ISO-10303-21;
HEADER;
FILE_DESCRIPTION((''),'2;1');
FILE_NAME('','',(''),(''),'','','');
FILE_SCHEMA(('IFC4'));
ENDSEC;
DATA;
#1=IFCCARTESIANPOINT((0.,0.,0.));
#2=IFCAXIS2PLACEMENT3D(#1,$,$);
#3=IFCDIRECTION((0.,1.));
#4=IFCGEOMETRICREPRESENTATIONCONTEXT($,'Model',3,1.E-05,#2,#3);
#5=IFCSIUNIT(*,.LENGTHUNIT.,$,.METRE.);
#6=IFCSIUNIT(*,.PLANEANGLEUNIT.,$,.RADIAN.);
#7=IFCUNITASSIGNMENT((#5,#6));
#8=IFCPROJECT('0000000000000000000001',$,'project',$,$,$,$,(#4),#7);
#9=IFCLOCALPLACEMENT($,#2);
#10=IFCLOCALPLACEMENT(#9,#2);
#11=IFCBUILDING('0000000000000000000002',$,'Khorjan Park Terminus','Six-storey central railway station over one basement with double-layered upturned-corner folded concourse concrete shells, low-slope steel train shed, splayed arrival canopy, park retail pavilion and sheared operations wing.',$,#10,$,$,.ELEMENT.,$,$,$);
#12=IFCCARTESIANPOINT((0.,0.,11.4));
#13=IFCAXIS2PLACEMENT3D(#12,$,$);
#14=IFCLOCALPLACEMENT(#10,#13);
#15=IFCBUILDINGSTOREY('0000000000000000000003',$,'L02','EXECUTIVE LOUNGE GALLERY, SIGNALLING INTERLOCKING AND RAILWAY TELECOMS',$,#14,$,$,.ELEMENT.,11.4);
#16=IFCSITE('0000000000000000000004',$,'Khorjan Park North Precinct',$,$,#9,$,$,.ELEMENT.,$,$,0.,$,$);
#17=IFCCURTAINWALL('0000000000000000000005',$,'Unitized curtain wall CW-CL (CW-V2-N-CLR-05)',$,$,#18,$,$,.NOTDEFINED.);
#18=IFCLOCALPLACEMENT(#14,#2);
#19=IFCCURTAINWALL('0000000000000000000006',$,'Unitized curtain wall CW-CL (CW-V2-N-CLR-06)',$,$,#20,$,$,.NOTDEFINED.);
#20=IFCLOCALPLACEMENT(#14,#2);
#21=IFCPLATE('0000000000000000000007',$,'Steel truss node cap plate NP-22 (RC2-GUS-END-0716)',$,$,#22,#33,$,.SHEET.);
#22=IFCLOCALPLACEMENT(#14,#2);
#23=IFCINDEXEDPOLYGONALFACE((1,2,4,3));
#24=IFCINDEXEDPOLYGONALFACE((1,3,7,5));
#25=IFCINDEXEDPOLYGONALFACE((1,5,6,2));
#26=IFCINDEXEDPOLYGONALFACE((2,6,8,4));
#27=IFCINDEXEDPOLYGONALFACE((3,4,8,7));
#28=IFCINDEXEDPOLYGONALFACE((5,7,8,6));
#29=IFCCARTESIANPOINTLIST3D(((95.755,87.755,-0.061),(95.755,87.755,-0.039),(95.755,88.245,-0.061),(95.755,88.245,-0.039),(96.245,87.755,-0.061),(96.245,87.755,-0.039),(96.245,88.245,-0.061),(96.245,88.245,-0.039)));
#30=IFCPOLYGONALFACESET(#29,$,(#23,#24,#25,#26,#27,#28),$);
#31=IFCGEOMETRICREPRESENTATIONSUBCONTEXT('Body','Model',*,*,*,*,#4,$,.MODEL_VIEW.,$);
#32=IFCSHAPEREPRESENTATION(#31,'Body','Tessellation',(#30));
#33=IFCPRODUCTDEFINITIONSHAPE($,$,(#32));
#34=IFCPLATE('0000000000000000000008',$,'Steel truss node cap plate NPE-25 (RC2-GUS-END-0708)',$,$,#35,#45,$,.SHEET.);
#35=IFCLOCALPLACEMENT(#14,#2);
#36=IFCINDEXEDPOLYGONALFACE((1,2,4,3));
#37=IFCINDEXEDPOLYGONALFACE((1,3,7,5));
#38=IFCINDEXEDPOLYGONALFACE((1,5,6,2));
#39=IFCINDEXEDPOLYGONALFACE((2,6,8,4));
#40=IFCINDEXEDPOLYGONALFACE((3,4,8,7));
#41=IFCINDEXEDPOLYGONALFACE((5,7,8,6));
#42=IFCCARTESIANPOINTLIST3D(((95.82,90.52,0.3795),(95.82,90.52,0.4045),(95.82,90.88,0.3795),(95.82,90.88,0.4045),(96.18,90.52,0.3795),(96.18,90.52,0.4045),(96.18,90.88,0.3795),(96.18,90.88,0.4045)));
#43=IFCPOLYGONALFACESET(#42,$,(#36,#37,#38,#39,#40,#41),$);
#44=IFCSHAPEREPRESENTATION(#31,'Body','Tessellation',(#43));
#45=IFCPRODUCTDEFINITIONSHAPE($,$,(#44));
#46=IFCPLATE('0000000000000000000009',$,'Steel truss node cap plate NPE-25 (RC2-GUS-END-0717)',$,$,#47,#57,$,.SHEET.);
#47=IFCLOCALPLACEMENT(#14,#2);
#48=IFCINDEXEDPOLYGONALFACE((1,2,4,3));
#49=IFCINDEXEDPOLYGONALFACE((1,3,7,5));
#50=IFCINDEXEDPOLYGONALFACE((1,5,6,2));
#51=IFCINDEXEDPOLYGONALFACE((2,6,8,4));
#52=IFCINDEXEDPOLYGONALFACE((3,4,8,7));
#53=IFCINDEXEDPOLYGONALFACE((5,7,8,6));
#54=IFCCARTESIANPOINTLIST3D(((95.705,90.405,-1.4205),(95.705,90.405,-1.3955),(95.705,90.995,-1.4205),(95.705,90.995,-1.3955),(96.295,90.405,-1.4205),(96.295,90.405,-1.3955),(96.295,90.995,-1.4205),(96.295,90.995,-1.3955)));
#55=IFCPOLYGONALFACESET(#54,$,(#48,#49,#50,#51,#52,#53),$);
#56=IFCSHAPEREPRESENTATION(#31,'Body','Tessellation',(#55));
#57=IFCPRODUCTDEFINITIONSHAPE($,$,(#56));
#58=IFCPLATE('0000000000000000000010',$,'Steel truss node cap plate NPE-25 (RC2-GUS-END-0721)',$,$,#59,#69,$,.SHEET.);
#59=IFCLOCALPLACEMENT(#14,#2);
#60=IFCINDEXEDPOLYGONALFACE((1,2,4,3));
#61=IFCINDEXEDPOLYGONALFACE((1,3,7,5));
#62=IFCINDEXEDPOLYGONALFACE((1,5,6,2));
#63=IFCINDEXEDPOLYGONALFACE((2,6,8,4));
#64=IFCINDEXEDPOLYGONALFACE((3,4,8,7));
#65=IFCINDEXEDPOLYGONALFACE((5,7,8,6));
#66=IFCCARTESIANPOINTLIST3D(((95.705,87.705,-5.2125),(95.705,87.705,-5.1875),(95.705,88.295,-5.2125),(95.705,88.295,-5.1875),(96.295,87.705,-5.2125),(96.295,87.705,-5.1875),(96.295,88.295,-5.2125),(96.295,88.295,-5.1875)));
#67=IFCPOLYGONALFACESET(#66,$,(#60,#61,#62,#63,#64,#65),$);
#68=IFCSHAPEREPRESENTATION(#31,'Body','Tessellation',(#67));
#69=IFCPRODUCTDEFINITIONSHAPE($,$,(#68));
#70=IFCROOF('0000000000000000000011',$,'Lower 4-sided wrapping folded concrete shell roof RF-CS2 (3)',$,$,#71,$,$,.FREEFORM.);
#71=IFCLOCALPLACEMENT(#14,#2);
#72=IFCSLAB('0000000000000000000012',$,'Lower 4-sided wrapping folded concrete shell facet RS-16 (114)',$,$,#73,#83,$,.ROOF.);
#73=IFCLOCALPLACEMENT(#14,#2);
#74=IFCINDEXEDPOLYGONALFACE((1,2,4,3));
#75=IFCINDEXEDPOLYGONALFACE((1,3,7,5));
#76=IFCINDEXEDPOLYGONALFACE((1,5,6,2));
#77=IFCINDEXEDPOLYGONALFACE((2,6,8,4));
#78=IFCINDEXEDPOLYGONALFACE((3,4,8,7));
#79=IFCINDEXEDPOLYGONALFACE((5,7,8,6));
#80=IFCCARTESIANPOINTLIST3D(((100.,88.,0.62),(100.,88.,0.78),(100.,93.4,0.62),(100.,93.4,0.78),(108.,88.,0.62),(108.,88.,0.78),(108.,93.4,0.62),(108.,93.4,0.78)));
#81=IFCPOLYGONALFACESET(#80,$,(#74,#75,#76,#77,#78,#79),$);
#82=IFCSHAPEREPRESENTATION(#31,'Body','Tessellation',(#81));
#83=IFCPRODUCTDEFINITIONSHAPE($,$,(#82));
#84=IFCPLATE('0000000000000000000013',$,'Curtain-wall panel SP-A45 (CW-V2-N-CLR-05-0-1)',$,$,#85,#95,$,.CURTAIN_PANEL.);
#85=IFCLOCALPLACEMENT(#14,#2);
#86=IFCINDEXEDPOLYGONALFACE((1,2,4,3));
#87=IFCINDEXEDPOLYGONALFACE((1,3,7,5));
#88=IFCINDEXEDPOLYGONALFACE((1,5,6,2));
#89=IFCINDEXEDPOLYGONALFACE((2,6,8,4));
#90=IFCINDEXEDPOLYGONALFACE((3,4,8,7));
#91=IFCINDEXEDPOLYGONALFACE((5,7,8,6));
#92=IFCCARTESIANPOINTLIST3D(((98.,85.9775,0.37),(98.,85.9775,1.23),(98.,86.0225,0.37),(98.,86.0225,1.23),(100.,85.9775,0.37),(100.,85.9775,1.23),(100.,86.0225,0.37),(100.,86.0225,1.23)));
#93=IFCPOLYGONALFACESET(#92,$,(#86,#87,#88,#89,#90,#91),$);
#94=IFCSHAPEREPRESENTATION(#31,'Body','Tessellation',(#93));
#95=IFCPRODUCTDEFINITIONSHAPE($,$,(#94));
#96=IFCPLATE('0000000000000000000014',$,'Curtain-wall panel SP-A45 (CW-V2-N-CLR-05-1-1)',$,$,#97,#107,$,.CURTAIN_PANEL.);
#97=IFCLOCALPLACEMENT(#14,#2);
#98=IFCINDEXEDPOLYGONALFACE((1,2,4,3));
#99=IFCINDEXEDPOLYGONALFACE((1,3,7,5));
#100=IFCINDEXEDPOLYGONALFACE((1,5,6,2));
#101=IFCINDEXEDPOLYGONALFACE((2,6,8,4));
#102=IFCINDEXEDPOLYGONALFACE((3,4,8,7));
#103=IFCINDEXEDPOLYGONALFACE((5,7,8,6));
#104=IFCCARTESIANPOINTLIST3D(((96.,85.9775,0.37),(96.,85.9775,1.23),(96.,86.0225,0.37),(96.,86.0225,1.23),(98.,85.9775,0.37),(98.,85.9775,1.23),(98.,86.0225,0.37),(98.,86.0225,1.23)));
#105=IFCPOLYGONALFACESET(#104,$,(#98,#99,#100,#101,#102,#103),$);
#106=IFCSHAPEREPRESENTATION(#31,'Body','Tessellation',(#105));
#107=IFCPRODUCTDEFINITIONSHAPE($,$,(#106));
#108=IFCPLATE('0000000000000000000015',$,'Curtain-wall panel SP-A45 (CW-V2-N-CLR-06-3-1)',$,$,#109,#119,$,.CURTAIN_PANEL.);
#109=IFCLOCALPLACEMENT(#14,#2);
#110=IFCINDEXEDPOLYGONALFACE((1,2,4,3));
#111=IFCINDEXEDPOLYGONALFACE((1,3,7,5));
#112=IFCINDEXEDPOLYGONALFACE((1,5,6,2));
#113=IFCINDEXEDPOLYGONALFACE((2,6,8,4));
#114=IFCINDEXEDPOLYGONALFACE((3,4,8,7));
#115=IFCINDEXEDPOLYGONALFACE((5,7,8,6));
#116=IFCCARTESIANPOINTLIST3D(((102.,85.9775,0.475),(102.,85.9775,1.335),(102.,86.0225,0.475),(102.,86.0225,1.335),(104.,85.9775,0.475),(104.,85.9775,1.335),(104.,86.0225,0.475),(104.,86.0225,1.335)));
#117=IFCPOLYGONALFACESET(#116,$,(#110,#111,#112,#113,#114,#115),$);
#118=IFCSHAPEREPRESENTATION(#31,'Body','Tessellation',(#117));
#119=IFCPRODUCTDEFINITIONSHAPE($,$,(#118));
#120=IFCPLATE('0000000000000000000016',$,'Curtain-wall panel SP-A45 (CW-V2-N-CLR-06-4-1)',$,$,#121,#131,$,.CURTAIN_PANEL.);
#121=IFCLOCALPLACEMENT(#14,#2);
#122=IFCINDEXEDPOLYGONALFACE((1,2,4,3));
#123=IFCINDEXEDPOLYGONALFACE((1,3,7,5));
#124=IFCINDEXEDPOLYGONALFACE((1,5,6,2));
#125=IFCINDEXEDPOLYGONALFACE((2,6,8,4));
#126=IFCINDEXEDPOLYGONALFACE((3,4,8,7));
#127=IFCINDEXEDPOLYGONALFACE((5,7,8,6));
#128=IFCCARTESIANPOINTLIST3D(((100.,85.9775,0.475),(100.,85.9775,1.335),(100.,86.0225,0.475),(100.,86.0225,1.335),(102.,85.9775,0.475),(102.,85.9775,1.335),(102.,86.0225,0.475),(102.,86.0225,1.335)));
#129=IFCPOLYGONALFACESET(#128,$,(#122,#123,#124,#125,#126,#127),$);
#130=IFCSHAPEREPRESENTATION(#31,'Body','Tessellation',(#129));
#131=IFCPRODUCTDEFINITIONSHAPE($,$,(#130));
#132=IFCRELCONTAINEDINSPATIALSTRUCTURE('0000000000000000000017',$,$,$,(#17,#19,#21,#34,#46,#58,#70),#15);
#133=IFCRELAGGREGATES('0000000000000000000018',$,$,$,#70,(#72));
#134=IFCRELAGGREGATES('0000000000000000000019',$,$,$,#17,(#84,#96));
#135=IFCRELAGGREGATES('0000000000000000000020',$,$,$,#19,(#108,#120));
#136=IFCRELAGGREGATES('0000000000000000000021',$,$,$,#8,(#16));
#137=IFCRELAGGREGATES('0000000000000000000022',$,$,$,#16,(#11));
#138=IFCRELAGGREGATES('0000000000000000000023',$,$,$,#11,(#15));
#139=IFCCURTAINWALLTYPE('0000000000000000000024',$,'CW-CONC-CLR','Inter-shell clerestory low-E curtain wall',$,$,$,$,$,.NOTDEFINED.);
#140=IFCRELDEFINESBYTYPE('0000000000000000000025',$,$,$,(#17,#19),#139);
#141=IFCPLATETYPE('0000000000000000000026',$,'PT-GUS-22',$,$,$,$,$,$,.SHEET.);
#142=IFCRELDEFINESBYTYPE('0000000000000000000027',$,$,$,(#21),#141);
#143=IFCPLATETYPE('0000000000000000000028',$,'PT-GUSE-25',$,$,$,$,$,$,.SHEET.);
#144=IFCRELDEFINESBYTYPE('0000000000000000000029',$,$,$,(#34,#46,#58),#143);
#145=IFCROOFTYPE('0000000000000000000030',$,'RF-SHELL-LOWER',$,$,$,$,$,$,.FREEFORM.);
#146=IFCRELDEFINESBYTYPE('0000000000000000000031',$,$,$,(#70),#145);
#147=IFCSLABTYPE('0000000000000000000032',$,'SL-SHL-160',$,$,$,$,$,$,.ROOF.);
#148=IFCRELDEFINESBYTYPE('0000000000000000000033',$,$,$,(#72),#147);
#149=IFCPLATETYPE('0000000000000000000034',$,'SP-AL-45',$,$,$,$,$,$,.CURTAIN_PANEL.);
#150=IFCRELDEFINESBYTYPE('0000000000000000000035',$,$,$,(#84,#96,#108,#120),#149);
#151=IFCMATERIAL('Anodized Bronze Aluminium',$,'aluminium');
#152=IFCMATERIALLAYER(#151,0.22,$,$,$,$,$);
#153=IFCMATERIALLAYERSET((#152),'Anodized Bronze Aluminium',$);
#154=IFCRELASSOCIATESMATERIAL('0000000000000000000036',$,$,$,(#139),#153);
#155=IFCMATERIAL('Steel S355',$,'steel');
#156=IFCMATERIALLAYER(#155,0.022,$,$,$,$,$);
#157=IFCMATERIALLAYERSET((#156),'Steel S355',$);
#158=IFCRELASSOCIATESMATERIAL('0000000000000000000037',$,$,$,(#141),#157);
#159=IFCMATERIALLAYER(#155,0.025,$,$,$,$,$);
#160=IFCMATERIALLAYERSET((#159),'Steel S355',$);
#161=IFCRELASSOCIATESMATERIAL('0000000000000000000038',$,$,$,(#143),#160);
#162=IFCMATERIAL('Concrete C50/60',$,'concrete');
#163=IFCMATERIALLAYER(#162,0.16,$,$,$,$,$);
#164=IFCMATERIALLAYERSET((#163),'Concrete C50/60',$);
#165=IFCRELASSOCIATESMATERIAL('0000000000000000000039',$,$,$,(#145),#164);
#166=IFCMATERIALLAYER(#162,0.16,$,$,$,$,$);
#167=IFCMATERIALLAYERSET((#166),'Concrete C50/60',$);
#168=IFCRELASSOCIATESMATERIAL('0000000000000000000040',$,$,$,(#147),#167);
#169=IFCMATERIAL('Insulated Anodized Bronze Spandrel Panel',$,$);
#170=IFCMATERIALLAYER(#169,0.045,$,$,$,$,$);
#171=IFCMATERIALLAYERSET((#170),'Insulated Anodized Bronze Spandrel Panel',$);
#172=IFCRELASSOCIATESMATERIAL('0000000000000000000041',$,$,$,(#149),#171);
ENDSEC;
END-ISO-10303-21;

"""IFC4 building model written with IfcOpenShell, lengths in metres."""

from ifc_helpers import new_model, si_unit, direction, frame, origin, origin_2d, place, context, subcontext, project, spatial, polyline, rectangle, outline, extrude, material, layer, layer_set, type_object, element, aggregate, save


model = new_model("IFC4")

# Units and contexts
model_context = context("Model", 3, precision=1e-05, world=origin(), true_north=direction((0.0, 1.0)))
body_context = subcontext(model_context, "Body", "Model", "MODEL_VIEW")
ifc_project = project(units=[si_unit("LENGTHUNIT", "METRE"), si_unit("PLANEANGLEUNIT", "RADIAN")], contexts=[model_context])

# Site, building, storey
site_placement = place(None, origin())
site = spatial("IfcSite", under=ifc_project, at=site_placement, Name="Khorjan Park North Precinct", CompositionType="ELEMENT", RefElevation=0.0)
building_placement = place(site_placement, origin())
building = spatial("IfcBuilding", under=site, at=building_placement, Name="Khorjan Park Terminus", Description="Six-storey central railway station over one basement with double-layered upturned-corner folded concourse concrete shells, low-slope steel train shed, splayed arrival canopy, park retail pavilion and sheared operations wing.", CompositionType="ELEMENT")
storey_placement = place(building_placement, frame((0.0, 0.0, 11.4)))
storey = spatial("IfcBuildingStorey", under=building, at=storey_placement, Name="L02", Description="EXECUTIVE LOUNGE GALLERY, SIGNALLING INTERLOCKING AND RAILWAY TELECOMS", CompositionType="ELEMENT", Elevation=11.4)

# Shared definitions
ifc_material_1 = material(Name="Steel S355", Category="steel")

# Curtain wall
ifc_material_2 = material(Name="Anodized Bronze Aluminium", Category="aluminium")
ifc_layer_1 = layer(ifc_material_2, 0.22)
ifc_layer_set_1 = layer_set([ifc_layer_1], Name="Anodized Bronze Aluminium")
curtain_wall_type = type_object("IfcCurtainWallType", Name="CW-CONC-CLR", Description="Inter-shell clerestory low-E curtain wall", PredefinedType="NOTDEFINED", material=ifc_layer_set_1)
curtain_wall_1_placement = place(storey_placement, origin())
curtain_wall_1 = element("IfcCurtainWall", 1, at=curtain_wall_1_placement, inside=storey, type_object=curtain_wall_type, Name="Unitized curtain wall CW-CL (CW-V2-N-CLR-05)", PredefinedType="NOTDEFINED")

# Curtain wall
curtain_wall_2_placement = place(storey_placement, origin())
curtain_wall_2 = element("IfcCurtainWall", 2, at=curtain_wall_2_placement, inside=storey, type_object=curtain_wall_type, Name="Unitized curtain wall CW-CL (CW-V2-N-CLR-06)", PredefinedType="NOTDEFINED")

# Shared definitions
ifc_material_3 = material(Name="Concrete C50/60", Category="concrete")

# Plates
ifc_layer_2 = layer(ifc_material_1, 0.022)
ifc_layer_set_2 = layer_set([ifc_layer_2], Name="Steel S355")
plate_type_1 = type_object("IfcPlateType", Name="PT-GUS-22", PredefinedType="SHEET", material=ifc_layer_set_2)
plate_1_placement = place(storey_placement, frame((96.0, 88.0, -0.061), z_axis=(0.0, 0.0, 1.0), x_axis=(1.0, 0.0, 0.0)))
element("IfcPlate", 3, at=plate_1_placement, inside=storey, type_object=plate_type_1, Name="Steel truss node cap plate NP-22 (RC2-GUS-END-0716)", PredefinedType="SHEET", context=body_context, shape_type="SweptSolid", body=[
    extrude(rectangle(XDim=0.49, YDim=0.49, at=origin_2d()), origin(), (0.0, 0.0, 1.0), 0.022),
])
ifc_layer_3 = layer(ifc_material_1, 0.025)
ifc_layer_set_3 = layer_set([ifc_layer_3], Name="Steel S355")
plate_type_2 = type_object("IfcPlateType", Name="PT-GUSE-25", PredefinedType="SHEET", material=ifc_layer_set_3)
plate_2_placement = place(storey_placement, frame((96.0, 90.7, 0.3795), z_axis=(0.0, 0.0, 1.0), x_axis=(1.0, 0.0, 0.0)))
element("IfcPlate", 4, at=plate_2_placement, inside=storey, type_object=plate_type_2, Name="Steel truss node cap plate NPE-25 (RC2-GUS-END-0708)", PredefinedType="SHEET", context=body_context, shape_type="SweptSolid", body=[
    extrude(rectangle(XDim=0.36, YDim=0.36, at=origin_2d()), origin(), (0.0, 0.0, 1.0), 0.025),
])
for number, where, z_axis, x_axis, name in (
    (5, (96.0, 90.7, -1.4205), (0.0, 0.0, 1.0), (1.0, 0.0, 0.0), "Steel truss node cap plate NPE-25 (RC2-GUS-END-0717)"),
    (6, (96.0, 88.0, -5.2125), (0.0, 0.0, 1.0), (1.0, 0.0, 0.0), "Steel truss node cap plate NPE-25 (RC2-GUS-END-0721)"),
):
    element("IfcPlate", number, at=place(storey_placement, frame(where, z_axis=z_axis, x_axis=x_axis)), inside=storey, type_object=plate_type_2, Name=name, PredefinedType="SHEET", context=body_context, shape_type="SweptSolid", body=[
        extrude(rectangle(XDim=0.59, YDim=0.59, at=origin_2d()), origin(), (0.0, 0.0, 1.0), 0.025),
    ])

# Roof, slab
ifc_layer_4 = layer(ifc_material_3, 0.16)
ifc_layer_set_4 = layer_set([ifc_layer_4], Name="Concrete C50/60")
roof_type = type_object("IfcRoofType", Name="RF-SHELL-LOWER", PredefinedType="FREEFORM", material=ifc_layer_set_4)
roof_placement = place(storey_placement, origin())
roof = element("IfcRoof", 7, at=roof_placement, inside=storey, type_object=roof_type, Name="Lower 4-sided wrapping folded concrete shell roof RF-CS2 (3)", PredefinedType="FREEFORM")
ifc_layer_5 = layer(ifc_material_3, 0.16)
ifc_layer_set_5 = layer_set([ifc_layer_5], Name="Concrete C50/60")
slab_type = type_object("IfcSlabType", Name="SL-SHL-160", PredefinedType="ROOF", material=ifc_layer_set_5)
slab_placement = place(storey_placement, frame((100.0, 88.0, 0.78), z_axis=(0.0, 0.0, 1.0), x_axis=(1.0, 0.0, 0.0)))
slab = element("IfcSlab", 8, at=slab_placement, type_object=slab_type, Name="Lower 4-sided wrapping folded concrete shell facet RS-16 (114)", PredefinedType="ROOF", context=body_context, shape_type="SweptSolid", body=[
    extrude(outline(polyline([(0.0, 0.0), (8.0, 0.0), (8.0, 5.4), (0.0, 5.4), (0.0, 0.0)])), origin(), (0.0, 0.0, -1.0), 0.16),
])
aggregate(roof, [slab])

# Plates
ifc_material_4 = material(Name="Insulated Anodized Bronze Spandrel Panel")
ifc_layer_6 = layer(ifc_material_4, 0.045)
ifc_layer_set_6 = layer_set([ifc_layer_6], Name="Insulated Anodized Bronze Spandrel Panel")
plate_type_3 = type_object("IfcPlateType", Name="SP-AL-45", PredefinedType="CURTAIN_PANEL", material=ifc_layer_set_6)
plate_3_placement = place(storey_placement, frame((99.0, 86.0, 0.37), z_axis=(0.0, 0.0, 1.0), x_axis=(-1.0, 0.0, 0.0)))
plate_3 = element("IfcPlate", 9, at=plate_3_placement, type_object=plate_type_3, Name="Curtain-wall panel SP-A45 (CW-V2-N-CLR-05-0-1)", PredefinedType="CURTAIN_PANEL", context=body_context, shape_type="SweptSolid", body=[
    extrude(rectangle(XDim=2.0, YDim=0.045, at=origin_2d()), origin(), (0.0, 0.0, 1.0), 0.86),
])
plate_4_placement = place(storey_placement, frame((97.0, 86.0, 0.37), z_axis=(0.0, 0.0, 1.0), x_axis=(-1.0, 0.0, 0.0)))
plate_4 = element("IfcPlate", 10, at=plate_4_placement, type_object=plate_type_3, Name="Curtain-wall panel SP-A45 (CW-V2-N-CLR-05-1-1)", PredefinedType="CURTAIN_PANEL", context=body_context, shape_type="SweptSolid", body=[
    extrude(rectangle(XDim=2.0, YDim=0.045, at=origin_2d()), origin(), (0.0, 0.0, 1.0), 0.86),
])
aggregate(curtain_wall_1, [plate_3, plate_4])
plate_5_placement = place(storey_placement, frame((103.0, 86.0, 0.475), z_axis=(0.0, 0.0, 1.0), x_axis=(-1.0, 0.0, 0.0)))
plate_5 = element("IfcPlate", 11, at=plate_5_placement, type_object=plate_type_3, Name="Curtain-wall panel SP-A45 (CW-V2-N-CLR-06-3-1)", PredefinedType="CURTAIN_PANEL", context=body_context, shape_type="SweptSolid", body=[
    extrude(rectangle(XDim=2.0, YDim=0.045, at=origin_2d()), origin(), (0.0, 0.0, 1.0), 0.86),
])
plate_6_placement = place(storey_placement, frame((101.0, 86.0, 0.475), z_axis=(0.0, 0.0, 1.0), x_axis=(-1.0, 0.0, 0.0)))
plate_6 = element("IfcPlate", 12, at=plate_6_placement, type_object=plate_type_3, Name="Curtain-wall panel SP-A45 (CW-V2-N-CLR-06-4-1)", PredefinedType="CURTAIN_PANEL", context=body_context, shape_type="SweptSolid", body=[
    extrude(rectangle(XDim=2.0, YDim=0.045, at=origin_2d()), origin(), (0.0, 0.0, 1.0), 0.86),
])
aggregate(curtain_wall_2, [plate_5, plate_6])

save(model, "model.ifc")
